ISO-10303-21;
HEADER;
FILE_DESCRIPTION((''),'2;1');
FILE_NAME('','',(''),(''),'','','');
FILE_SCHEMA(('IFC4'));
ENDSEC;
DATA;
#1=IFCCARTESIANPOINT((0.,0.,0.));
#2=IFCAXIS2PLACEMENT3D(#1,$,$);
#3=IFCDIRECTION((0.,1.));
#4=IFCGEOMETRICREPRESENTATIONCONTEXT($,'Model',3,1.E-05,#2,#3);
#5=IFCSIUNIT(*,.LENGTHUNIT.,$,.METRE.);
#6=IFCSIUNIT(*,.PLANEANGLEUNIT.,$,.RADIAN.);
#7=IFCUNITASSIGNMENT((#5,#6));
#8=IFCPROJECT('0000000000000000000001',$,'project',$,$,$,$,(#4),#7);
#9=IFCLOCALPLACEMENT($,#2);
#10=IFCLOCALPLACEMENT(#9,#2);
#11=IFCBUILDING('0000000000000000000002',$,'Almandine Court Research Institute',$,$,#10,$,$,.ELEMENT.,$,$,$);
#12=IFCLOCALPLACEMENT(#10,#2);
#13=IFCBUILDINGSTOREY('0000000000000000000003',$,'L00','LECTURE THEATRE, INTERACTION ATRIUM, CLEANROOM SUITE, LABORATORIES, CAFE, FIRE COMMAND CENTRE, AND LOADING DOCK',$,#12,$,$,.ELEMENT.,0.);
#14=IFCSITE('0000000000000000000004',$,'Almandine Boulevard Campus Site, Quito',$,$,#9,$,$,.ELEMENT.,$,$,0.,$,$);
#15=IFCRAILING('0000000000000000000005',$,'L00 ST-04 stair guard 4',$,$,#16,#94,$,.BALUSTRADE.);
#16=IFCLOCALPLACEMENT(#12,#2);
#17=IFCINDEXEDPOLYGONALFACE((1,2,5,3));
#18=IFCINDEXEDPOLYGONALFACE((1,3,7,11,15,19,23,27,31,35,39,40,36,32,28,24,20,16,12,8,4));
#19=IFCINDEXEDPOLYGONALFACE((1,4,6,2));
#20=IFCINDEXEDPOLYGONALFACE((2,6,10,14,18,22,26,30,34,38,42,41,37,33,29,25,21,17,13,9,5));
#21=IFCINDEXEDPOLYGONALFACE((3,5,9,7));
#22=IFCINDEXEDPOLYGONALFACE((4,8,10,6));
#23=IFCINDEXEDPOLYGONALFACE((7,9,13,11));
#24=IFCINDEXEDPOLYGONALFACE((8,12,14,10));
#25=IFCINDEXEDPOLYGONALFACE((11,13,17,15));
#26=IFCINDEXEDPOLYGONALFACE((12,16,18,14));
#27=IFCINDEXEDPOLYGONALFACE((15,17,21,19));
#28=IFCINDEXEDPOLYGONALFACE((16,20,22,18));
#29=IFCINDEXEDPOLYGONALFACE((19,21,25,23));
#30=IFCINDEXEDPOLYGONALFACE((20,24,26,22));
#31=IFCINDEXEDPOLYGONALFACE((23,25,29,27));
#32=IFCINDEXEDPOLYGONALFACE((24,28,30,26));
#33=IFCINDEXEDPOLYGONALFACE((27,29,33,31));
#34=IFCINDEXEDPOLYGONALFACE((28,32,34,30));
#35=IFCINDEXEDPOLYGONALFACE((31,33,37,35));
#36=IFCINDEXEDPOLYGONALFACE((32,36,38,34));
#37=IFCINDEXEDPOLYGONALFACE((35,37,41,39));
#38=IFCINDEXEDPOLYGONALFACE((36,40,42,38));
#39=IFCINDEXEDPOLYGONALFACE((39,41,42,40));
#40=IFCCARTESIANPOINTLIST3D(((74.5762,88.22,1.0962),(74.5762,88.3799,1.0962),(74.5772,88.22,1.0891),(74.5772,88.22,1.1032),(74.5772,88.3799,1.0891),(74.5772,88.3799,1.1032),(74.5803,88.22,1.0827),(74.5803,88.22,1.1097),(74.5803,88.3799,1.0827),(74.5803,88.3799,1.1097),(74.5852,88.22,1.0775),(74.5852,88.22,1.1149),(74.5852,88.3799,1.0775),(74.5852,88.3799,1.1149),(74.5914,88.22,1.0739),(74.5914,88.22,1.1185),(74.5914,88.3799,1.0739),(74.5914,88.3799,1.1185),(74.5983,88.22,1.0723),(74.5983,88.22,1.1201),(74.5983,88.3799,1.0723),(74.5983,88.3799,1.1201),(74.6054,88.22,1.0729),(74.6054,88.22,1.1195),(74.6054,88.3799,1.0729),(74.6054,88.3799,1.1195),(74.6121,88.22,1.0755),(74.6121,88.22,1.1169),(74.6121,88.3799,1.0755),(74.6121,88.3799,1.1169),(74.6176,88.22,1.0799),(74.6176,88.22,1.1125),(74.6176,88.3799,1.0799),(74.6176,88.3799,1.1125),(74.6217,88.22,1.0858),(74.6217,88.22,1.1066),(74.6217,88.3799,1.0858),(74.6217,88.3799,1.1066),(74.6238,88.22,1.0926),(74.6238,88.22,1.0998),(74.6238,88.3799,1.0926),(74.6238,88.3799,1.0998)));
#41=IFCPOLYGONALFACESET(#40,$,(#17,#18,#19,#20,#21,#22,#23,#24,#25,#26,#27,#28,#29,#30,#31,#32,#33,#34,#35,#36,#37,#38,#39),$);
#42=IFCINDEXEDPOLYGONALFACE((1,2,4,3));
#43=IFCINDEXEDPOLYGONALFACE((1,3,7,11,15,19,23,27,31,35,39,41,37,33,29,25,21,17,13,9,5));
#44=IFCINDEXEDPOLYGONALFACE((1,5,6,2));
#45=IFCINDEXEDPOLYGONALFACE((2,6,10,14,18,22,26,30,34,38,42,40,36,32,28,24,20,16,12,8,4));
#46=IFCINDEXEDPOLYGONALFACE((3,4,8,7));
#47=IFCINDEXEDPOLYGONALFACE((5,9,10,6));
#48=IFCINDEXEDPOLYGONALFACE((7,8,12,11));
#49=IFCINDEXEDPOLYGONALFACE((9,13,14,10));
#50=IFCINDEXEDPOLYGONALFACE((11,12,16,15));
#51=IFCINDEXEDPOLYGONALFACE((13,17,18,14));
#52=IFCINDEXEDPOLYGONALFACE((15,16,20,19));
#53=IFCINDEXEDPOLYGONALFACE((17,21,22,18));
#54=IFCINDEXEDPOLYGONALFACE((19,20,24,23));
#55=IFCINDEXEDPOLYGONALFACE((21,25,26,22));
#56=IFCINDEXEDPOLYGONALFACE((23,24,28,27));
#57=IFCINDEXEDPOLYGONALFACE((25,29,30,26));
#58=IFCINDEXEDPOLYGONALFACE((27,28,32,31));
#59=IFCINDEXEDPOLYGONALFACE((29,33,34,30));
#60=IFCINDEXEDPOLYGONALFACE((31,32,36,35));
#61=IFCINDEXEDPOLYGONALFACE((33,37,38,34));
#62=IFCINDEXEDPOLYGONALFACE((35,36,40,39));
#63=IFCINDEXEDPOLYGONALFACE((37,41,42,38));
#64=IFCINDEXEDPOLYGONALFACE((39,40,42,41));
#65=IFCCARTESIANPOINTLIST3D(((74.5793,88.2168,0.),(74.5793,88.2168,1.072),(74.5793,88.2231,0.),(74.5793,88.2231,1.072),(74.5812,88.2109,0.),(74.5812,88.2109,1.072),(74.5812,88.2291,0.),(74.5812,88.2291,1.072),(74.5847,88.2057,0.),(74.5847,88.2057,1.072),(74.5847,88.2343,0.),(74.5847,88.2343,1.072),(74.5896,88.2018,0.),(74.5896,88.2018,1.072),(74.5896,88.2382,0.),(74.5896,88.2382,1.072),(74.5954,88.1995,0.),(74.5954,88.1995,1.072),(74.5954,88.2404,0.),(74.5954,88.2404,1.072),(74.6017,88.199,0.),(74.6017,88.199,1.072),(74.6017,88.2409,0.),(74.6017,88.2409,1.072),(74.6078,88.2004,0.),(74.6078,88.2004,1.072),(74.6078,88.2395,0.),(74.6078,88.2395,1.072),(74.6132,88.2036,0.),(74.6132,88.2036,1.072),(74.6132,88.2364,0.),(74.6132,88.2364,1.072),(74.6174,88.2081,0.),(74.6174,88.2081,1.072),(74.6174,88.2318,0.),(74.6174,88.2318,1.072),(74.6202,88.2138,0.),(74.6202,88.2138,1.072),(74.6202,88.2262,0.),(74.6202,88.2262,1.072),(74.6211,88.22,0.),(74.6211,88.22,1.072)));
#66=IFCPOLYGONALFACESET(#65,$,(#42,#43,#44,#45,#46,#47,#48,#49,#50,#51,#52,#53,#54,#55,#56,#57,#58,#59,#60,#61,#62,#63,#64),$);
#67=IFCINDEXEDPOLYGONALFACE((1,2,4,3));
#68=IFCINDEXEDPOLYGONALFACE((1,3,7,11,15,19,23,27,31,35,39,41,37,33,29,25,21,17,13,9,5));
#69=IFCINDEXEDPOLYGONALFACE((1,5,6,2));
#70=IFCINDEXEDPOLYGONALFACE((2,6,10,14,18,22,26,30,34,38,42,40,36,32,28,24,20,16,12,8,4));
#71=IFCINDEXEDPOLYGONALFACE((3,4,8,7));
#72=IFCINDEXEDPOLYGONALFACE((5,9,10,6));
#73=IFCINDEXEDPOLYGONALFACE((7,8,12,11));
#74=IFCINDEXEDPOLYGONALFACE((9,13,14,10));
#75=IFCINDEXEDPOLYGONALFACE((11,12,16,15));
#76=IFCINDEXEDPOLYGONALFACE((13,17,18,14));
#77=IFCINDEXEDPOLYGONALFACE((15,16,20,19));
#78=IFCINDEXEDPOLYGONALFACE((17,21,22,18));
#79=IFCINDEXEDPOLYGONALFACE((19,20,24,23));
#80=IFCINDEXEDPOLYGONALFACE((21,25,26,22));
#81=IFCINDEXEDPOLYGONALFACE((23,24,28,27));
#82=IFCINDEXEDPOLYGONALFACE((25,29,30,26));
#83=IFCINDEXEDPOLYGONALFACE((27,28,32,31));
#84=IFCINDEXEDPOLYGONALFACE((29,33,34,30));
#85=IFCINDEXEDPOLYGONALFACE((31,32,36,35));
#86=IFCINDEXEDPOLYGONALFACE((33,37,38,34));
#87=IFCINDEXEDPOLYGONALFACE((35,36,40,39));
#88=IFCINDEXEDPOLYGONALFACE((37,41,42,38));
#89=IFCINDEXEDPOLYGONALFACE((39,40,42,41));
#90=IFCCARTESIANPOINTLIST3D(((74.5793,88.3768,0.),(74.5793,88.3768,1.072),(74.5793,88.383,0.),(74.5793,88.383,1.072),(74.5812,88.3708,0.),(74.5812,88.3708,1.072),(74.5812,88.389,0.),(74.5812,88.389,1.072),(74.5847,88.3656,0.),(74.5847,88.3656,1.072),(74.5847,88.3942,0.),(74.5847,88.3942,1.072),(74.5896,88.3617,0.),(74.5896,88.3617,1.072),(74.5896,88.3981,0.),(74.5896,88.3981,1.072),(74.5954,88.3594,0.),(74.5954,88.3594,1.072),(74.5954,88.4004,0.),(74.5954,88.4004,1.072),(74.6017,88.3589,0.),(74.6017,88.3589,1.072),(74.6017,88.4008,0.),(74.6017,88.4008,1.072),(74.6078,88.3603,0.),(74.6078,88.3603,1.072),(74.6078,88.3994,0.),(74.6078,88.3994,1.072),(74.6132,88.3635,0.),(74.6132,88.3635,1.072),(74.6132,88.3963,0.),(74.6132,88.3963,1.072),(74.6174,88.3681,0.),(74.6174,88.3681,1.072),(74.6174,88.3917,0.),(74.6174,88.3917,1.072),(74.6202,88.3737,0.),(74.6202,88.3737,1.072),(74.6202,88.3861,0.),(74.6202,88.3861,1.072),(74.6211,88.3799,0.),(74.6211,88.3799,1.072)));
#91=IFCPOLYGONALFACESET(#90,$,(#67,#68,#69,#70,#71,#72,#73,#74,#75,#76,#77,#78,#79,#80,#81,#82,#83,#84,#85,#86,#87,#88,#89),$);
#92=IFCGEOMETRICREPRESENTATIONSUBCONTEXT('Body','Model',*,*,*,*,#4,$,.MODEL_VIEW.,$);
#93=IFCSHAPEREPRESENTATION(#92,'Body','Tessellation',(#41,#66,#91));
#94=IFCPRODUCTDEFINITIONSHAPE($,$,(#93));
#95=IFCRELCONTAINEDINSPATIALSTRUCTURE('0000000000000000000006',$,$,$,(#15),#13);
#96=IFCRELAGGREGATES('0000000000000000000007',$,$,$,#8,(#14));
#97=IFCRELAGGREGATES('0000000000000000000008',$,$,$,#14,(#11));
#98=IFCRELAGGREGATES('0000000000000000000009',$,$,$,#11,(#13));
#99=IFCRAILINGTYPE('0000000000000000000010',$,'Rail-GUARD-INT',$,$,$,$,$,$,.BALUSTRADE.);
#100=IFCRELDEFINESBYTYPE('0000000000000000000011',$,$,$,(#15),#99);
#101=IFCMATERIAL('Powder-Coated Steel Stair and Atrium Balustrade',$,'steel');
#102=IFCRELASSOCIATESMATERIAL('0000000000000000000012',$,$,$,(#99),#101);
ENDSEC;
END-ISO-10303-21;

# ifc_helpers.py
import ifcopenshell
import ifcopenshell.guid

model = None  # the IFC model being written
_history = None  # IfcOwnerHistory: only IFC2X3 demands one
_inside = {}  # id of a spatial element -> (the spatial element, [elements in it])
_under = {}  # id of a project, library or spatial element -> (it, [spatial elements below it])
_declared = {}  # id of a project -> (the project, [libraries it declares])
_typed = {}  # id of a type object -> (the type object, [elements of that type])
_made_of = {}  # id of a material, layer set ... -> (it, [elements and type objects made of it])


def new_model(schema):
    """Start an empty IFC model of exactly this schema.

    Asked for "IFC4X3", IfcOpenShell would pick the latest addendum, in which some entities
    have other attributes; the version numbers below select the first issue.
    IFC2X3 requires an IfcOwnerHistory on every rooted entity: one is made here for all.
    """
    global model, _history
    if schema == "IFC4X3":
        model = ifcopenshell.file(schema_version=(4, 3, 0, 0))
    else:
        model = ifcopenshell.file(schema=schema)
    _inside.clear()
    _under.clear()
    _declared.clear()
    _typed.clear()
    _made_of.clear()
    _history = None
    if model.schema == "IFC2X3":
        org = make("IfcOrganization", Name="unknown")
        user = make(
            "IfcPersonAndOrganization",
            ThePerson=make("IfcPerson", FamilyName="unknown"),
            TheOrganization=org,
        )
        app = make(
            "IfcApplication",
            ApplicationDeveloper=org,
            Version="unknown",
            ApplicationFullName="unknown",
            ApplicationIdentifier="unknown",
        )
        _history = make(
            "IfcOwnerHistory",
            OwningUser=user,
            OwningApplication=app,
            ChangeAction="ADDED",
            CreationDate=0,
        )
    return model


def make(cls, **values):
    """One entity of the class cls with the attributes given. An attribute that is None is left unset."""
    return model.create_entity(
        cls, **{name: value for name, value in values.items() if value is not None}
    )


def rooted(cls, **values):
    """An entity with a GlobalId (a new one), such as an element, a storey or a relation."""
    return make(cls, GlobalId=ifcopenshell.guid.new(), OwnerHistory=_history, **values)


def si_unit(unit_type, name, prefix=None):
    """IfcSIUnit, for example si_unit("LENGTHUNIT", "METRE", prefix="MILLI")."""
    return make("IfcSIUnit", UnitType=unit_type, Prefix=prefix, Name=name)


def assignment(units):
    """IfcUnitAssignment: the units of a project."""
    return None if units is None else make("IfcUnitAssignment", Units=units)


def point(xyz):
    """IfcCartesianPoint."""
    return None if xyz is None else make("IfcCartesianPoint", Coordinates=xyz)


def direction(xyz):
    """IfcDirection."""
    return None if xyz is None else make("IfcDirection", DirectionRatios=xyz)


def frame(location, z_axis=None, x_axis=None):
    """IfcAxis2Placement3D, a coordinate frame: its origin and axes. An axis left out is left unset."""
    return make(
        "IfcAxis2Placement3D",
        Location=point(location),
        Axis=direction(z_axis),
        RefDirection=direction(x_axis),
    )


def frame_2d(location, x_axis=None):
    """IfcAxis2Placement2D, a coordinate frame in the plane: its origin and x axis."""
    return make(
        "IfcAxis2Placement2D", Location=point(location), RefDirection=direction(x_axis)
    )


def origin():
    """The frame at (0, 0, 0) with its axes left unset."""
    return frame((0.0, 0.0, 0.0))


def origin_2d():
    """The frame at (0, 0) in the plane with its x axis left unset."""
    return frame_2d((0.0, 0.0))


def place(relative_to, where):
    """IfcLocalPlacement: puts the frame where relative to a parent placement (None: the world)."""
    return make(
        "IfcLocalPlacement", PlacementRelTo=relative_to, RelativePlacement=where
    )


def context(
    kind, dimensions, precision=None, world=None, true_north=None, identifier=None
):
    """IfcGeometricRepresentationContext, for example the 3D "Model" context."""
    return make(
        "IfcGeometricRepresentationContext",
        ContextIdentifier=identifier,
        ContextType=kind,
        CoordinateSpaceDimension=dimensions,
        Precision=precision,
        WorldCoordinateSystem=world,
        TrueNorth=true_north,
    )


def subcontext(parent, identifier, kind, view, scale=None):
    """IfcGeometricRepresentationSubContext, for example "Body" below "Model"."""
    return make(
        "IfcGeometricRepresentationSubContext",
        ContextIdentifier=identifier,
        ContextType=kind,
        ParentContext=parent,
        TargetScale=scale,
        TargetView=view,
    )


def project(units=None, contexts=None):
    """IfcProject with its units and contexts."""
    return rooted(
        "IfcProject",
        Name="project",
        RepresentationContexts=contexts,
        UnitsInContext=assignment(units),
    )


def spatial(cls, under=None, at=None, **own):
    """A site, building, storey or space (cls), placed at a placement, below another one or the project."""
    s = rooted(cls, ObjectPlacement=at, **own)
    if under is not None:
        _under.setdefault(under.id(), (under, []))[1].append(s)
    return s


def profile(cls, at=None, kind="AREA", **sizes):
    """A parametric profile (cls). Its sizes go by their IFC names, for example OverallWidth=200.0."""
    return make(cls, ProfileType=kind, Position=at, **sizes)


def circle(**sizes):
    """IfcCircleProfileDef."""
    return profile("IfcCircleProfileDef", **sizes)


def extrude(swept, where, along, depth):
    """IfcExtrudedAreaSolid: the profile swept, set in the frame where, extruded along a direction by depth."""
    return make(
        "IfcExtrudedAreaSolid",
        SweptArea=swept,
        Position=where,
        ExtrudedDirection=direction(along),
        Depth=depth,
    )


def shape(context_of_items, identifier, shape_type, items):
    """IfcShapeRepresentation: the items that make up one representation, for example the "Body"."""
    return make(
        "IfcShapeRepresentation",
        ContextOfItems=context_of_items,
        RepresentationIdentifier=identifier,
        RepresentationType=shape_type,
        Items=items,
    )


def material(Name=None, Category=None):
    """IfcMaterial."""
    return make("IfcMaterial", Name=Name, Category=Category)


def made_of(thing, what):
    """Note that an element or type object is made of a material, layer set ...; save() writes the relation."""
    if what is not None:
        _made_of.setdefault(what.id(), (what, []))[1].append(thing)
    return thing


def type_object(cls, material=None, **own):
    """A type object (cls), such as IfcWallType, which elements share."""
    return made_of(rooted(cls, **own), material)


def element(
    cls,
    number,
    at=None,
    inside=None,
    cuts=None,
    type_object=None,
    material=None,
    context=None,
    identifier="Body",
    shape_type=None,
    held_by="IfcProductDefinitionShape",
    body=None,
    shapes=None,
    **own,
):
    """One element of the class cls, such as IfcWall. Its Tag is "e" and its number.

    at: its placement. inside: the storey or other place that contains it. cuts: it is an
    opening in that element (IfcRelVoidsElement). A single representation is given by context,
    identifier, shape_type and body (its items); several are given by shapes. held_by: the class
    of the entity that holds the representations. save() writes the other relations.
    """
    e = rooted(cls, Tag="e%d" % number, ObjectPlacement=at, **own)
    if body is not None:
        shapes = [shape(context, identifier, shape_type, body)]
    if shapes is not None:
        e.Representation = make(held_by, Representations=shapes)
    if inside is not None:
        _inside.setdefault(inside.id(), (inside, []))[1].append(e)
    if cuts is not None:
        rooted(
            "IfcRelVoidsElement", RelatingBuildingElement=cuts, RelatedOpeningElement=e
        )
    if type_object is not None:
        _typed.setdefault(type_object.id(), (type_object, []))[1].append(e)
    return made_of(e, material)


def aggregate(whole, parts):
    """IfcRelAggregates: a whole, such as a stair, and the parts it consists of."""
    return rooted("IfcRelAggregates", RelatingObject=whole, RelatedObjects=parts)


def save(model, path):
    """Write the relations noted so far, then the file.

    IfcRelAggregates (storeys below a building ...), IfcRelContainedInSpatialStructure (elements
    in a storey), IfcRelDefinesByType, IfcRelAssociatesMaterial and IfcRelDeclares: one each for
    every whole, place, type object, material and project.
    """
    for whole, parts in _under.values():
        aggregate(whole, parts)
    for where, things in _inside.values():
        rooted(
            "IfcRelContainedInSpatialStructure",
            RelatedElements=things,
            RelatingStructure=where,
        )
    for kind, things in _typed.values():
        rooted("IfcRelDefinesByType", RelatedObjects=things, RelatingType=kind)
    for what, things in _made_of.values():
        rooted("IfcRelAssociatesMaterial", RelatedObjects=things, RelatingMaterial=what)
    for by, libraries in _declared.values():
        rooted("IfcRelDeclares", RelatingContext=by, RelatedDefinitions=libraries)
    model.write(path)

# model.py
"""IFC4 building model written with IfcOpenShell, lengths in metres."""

from ifc_helpers import new_model, si_unit, direction, frame, origin, origin_2d, place, context, subcontext, project, spatial, circle, extrude, material, type_object, element, save


model = new_model("IFC4")

# Units and contexts
model_context = context("Model", 3, precision=1e-05, world=origin(), true_north=direction((0.0, 1.0)))
body_context = subcontext(model_context, "Body", "Model", "MODEL_VIEW")
ifc_project = project(units=[si_unit("LENGTHUNIT", "METRE"), si_unit("PLANEANGLEUNIT", "RADIAN")], contexts=[model_context])

# Site, building, storey
site_placement = place(None, origin())
site = spatial("IfcSite", under=ifc_project, at=site_placement, Name="Almandine Boulevard Campus Site, Quito", CompositionType="ELEMENT", RefElevation=0.0)
building_placement = place(site_placement, origin())
building = spatial("IfcBuilding", under=site, at=building_placement, Name="Almandine Court Research Institute", CompositionType="ELEMENT")
storey_placement = place(building_placement, origin())
storey = spatial("IfcBuildingStorey", under=building, at=storey_placement, Name="L00", Description="LECTURE THEATRE, INTERACTION ATRIUM, CLEANROOM SUITE, LABORATORIES, CAFE, FIRE COMMAND CENTRE, AND LOADING DOCK", CompositionType="ELEMENT", Elevation=0.0)

# Railing
ifc_material_1 = material(Name="Powder-Coated Steel Stair and Atrium Balustrade", Category="steel")
railing_type_1 = type_object("IfcRailingType", Name="Rail-GUARD-INT", PredefinedType="BALUSTRADE", material=ifc_material_1)
railing_1_placement = place(storey_placement, frame((74.6001, 88.22, 0.0)))
element("IfcRailing", 1, at=railing_1_placement, inside=storey, type_object=railing_type_1, Name="L00 ST-04 stair guard 4", PredefinedType="BALUSTRADE", context=body_context, shape_type="SweptSolid", body=[
    extrude(circle(Radius=0.0239, at=origin_2d()), frame((0.0, 0.0, 1.0962), z_axis=(0.0, 1.0, 0.0), x_axis=(-1.0, 0.0, 0.0)), (0.0, 0.0, 1.0), 0.1599),
    extrude(circle(Radius=0.021, at=origin_2d()), origin(), (0.0, 0.0, 1.0), 1.072),
    extrude(circle(Radius=0.021, at=origin_2d()), frame((0.0, 0.1599, 0.0)), (0.0, 0.0, 1.0), 1.072),
])

save(model, "model.ifc")
